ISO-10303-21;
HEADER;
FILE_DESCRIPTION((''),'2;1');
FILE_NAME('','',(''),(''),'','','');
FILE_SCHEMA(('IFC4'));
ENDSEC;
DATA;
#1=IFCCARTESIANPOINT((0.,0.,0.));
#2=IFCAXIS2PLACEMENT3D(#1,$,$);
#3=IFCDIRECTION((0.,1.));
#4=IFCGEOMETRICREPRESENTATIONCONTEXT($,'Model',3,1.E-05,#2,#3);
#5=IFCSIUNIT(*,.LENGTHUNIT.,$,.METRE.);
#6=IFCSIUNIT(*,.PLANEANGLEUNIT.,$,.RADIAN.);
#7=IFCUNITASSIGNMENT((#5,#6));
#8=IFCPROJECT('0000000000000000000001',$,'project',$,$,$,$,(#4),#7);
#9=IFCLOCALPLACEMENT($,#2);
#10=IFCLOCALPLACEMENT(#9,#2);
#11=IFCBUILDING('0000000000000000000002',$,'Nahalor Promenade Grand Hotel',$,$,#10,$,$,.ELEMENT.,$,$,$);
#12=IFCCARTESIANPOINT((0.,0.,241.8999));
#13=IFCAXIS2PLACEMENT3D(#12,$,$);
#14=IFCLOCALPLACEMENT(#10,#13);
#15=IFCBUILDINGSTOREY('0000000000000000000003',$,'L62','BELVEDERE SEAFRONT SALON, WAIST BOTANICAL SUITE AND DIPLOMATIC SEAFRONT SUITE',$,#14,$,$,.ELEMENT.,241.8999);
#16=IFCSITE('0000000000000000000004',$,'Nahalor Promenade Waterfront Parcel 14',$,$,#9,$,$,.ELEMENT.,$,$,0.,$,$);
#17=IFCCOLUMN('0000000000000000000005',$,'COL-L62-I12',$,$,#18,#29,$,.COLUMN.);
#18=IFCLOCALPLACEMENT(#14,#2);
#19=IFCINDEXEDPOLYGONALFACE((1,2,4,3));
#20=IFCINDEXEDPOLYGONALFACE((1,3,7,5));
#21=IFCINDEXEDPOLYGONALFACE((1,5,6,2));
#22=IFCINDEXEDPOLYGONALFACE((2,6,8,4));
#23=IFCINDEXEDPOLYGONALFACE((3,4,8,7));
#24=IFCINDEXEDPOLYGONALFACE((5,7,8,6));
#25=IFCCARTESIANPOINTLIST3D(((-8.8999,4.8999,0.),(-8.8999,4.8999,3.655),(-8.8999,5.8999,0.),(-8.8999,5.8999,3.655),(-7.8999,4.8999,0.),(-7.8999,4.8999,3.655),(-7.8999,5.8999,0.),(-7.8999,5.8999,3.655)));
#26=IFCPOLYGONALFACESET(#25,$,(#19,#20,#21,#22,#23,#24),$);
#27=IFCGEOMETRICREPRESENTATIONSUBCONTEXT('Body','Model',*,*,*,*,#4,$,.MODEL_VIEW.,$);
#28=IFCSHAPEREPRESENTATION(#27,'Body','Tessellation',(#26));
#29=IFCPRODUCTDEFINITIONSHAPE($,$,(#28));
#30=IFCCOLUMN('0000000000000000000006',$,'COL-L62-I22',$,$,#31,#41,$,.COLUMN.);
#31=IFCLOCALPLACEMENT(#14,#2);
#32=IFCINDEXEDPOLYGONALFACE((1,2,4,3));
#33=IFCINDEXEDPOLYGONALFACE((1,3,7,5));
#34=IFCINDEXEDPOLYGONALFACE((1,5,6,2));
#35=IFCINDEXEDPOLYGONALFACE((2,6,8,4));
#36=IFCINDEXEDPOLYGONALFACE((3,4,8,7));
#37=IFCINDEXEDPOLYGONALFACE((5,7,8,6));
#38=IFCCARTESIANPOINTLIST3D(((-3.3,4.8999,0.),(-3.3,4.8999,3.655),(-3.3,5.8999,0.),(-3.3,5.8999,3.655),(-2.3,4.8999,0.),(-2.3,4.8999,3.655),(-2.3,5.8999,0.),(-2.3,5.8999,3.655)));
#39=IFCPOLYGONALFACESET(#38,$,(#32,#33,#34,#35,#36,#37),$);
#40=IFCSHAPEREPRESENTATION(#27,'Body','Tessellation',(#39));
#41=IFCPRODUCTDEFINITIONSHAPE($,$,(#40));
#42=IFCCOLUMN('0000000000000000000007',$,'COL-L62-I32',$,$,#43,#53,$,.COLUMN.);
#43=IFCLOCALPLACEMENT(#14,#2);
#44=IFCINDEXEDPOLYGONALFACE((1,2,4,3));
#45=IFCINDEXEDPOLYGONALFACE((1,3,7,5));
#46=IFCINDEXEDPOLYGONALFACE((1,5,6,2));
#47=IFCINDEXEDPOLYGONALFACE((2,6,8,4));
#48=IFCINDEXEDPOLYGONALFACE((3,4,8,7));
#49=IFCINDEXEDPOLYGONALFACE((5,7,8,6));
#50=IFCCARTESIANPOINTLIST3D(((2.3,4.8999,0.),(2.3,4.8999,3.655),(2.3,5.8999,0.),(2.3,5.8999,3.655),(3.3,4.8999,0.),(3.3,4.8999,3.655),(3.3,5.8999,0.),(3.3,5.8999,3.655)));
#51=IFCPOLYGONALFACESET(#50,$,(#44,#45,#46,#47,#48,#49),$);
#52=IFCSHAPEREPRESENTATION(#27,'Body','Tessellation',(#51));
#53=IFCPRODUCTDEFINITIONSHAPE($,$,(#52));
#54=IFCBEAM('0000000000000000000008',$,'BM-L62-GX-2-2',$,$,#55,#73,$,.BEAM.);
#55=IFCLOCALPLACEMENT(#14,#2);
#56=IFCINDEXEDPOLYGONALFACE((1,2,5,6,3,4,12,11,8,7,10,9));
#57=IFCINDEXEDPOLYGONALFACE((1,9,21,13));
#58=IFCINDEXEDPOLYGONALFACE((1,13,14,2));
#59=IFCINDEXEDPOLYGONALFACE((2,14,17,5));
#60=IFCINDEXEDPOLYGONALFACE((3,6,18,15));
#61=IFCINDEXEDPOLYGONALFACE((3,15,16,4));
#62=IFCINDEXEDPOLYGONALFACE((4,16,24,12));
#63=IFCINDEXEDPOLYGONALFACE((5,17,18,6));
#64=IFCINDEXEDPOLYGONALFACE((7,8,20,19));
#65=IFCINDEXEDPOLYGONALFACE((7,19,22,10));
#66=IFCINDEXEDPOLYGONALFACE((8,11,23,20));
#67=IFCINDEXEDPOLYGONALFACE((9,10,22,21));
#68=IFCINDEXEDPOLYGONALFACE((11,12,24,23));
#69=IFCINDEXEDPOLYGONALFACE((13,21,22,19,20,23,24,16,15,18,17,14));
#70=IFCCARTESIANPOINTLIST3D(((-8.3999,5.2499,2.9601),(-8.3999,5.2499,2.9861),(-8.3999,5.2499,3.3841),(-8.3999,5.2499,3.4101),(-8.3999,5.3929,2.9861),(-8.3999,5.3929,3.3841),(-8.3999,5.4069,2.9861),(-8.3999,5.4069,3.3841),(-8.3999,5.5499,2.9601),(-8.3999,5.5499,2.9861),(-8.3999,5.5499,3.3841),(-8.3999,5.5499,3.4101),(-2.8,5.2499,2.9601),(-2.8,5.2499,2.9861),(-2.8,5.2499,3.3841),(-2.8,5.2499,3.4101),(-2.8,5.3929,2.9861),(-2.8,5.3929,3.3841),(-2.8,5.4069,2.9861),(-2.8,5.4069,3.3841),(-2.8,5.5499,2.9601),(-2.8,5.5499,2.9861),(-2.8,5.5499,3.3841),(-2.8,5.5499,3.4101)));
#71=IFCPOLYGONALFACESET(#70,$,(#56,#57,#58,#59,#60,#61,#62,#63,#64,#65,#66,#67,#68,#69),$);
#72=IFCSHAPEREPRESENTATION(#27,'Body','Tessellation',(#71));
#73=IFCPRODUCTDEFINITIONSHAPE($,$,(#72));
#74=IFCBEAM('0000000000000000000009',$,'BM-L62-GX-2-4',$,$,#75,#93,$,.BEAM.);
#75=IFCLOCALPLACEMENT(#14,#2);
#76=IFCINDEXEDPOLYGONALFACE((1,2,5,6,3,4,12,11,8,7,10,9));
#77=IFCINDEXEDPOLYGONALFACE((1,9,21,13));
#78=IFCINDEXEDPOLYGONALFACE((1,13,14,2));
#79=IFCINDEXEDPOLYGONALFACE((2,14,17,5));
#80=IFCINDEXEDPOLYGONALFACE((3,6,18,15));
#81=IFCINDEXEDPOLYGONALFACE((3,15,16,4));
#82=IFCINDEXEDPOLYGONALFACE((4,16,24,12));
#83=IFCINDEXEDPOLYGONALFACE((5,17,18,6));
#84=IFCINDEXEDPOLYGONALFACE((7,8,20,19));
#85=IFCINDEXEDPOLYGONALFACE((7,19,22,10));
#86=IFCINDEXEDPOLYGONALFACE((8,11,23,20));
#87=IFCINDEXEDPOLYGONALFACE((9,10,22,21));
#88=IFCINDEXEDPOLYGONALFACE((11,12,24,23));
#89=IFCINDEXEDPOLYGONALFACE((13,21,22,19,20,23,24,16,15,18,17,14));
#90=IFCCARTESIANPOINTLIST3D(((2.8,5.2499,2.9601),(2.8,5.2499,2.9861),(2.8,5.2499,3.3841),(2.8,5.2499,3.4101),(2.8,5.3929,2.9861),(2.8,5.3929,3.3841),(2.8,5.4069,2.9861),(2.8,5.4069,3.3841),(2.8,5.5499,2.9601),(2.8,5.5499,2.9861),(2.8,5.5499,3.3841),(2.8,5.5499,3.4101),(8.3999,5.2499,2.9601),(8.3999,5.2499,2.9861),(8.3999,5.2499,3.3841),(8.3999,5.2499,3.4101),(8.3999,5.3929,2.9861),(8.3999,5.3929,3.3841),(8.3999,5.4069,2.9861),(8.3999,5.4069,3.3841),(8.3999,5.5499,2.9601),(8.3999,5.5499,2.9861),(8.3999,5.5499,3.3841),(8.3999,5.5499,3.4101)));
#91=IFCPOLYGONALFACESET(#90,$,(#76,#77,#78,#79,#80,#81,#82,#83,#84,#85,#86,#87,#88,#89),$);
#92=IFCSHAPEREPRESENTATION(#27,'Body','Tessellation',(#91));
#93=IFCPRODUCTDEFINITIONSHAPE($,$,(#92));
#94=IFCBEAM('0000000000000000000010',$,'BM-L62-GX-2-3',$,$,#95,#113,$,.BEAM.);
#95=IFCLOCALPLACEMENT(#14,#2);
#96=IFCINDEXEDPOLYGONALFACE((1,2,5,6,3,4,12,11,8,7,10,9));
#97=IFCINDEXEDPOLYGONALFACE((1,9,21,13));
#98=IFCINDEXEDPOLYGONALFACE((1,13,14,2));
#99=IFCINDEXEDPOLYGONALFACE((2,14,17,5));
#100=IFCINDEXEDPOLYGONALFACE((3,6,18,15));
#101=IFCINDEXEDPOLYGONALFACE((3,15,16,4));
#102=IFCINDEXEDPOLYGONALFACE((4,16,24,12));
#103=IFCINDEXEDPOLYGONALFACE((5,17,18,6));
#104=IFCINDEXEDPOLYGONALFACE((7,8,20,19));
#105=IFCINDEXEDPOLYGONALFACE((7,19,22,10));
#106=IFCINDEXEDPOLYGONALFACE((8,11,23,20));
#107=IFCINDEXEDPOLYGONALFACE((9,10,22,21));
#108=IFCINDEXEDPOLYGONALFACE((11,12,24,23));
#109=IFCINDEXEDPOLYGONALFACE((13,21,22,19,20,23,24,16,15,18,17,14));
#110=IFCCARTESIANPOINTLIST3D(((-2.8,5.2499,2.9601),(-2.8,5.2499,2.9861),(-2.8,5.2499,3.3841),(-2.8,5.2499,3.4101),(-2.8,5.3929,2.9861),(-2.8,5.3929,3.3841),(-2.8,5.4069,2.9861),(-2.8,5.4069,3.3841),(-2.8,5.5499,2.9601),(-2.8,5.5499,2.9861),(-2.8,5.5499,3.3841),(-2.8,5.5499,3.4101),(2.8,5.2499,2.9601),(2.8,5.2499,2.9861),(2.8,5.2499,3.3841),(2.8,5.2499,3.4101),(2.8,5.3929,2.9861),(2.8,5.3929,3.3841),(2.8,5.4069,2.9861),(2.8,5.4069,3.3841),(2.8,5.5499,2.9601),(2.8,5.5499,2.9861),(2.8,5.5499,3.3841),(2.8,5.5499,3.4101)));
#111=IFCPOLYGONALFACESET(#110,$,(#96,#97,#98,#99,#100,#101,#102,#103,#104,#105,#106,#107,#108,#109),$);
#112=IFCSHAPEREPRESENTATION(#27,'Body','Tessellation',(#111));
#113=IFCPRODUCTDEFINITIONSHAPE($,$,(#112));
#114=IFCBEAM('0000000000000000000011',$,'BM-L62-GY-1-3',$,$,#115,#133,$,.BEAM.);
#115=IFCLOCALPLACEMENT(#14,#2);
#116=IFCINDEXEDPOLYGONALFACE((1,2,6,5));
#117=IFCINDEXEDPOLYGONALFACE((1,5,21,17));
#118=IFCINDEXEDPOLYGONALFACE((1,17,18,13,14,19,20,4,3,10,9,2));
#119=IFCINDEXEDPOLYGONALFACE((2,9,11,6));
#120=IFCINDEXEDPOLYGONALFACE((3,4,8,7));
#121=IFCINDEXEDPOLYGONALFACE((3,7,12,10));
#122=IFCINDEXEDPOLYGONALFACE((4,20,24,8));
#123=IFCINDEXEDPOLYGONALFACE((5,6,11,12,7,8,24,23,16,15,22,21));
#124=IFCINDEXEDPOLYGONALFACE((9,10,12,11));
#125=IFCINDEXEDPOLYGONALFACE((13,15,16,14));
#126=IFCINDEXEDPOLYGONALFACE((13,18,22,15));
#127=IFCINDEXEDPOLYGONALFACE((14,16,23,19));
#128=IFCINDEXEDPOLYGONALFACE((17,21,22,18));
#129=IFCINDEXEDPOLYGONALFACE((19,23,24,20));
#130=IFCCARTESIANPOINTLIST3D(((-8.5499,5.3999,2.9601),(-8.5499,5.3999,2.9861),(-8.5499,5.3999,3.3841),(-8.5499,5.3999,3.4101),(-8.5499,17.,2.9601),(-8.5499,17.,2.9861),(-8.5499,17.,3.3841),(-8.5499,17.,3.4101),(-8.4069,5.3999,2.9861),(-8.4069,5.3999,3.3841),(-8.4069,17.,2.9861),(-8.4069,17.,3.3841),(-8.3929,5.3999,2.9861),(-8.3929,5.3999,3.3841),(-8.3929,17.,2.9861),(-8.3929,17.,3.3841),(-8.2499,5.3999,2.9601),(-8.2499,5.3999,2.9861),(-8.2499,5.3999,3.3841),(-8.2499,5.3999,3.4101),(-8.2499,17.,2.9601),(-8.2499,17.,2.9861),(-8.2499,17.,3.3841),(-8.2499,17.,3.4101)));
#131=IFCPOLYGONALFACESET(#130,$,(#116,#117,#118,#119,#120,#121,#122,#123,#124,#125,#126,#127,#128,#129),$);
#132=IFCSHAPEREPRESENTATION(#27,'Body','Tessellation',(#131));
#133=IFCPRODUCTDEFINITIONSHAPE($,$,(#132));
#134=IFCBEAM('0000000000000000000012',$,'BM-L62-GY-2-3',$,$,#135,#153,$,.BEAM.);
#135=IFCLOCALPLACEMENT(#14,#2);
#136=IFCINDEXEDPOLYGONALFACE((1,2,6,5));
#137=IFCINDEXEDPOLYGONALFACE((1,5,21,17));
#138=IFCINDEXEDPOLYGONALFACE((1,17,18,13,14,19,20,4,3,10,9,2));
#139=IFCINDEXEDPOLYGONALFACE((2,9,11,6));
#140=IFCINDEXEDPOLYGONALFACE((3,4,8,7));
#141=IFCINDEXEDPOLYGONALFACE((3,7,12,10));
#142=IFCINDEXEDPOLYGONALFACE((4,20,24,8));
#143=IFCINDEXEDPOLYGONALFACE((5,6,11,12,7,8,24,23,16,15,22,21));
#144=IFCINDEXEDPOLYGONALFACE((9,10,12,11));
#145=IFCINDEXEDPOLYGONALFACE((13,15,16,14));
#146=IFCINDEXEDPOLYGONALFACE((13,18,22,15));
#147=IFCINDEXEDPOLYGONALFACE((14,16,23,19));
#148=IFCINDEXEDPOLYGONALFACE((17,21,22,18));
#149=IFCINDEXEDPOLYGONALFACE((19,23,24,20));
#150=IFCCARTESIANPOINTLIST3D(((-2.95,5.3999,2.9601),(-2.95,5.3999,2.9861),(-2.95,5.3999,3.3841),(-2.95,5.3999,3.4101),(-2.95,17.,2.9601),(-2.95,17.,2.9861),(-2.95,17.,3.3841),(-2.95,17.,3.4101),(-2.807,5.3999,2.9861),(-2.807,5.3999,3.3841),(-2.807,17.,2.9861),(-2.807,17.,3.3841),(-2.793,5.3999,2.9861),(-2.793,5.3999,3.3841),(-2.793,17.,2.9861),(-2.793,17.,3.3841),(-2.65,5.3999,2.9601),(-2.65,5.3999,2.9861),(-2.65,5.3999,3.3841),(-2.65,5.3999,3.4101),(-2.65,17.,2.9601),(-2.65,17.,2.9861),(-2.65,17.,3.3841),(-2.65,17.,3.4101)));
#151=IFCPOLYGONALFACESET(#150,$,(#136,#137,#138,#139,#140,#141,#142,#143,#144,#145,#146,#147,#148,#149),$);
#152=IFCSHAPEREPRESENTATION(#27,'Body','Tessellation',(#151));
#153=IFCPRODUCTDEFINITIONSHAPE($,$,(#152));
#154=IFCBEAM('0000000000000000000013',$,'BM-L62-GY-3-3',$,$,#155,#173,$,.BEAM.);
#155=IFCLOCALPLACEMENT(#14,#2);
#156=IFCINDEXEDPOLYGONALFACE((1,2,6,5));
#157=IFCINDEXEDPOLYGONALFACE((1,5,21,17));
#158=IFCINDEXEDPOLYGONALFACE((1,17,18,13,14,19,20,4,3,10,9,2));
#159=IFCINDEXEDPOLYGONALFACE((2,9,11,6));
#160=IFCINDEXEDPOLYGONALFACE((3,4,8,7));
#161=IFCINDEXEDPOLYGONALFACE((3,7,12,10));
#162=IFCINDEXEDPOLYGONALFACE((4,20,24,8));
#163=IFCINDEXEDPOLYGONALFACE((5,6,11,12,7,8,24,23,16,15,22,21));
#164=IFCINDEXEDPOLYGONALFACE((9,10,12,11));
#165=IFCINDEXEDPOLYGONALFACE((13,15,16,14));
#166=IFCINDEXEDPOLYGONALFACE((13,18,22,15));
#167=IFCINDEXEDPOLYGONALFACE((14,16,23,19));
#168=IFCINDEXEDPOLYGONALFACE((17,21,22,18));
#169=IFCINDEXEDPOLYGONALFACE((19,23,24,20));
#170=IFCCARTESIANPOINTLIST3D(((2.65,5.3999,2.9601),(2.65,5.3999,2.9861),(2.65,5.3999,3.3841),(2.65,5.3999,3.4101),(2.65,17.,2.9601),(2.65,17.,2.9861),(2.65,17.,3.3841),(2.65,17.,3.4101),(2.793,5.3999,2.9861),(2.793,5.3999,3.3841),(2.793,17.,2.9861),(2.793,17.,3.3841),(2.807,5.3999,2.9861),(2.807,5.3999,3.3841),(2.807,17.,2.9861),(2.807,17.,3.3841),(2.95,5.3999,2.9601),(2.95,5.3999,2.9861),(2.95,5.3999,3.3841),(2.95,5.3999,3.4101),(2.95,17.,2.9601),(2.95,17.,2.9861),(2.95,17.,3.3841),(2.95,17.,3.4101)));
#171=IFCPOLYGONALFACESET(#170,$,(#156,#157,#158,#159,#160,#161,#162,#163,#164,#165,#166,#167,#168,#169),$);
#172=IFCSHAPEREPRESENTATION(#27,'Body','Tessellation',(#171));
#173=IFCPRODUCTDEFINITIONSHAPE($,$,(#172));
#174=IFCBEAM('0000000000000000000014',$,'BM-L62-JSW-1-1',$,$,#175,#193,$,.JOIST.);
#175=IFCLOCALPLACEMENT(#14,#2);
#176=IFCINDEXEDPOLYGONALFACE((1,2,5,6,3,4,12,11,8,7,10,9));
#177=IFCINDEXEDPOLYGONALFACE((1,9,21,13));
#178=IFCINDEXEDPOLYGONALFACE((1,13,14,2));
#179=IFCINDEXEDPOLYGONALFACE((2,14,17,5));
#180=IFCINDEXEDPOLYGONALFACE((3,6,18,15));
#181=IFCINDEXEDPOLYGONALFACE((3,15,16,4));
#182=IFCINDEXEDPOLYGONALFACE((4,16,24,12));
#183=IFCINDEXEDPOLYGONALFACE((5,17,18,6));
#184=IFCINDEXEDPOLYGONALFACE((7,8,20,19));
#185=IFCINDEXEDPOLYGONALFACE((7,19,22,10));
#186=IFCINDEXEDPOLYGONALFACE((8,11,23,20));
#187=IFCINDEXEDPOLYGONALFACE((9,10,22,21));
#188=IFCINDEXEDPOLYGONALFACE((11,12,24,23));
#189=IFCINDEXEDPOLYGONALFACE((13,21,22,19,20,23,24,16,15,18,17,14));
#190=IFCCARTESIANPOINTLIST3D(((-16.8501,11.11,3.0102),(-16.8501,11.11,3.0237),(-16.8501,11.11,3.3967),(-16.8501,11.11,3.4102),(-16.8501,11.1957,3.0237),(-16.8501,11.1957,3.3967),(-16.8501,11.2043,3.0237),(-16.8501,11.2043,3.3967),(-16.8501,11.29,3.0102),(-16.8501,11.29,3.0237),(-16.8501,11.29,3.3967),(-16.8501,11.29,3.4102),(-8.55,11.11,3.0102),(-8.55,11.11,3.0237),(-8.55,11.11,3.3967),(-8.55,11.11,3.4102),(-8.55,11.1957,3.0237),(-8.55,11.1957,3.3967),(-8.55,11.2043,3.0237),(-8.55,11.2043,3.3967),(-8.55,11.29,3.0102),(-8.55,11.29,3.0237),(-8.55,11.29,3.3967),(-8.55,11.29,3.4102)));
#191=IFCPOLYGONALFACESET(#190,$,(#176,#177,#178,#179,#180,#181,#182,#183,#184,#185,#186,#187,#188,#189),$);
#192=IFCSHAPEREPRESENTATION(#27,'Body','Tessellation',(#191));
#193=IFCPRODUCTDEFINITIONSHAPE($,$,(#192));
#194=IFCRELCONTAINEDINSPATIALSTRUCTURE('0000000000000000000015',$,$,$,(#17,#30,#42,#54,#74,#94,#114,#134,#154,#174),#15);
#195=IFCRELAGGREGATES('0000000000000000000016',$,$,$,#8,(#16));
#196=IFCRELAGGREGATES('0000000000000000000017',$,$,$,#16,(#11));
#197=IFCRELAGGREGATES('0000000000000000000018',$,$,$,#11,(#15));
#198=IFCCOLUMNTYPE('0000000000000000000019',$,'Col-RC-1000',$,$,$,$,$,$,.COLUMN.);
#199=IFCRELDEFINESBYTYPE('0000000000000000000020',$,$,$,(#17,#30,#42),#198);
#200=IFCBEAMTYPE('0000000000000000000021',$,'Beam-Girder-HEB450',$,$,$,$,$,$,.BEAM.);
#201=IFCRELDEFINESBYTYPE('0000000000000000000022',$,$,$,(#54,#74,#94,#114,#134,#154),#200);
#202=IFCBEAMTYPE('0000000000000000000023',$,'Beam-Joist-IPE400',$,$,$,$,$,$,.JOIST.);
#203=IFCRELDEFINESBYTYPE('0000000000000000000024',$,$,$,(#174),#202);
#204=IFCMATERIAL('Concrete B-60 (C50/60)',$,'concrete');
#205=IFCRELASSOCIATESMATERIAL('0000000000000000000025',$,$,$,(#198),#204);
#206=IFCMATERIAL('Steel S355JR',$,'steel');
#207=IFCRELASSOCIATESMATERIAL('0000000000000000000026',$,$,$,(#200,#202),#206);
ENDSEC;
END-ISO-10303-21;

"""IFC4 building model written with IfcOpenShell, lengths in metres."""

from ifc_helpers import new_model, si_unit, direction, frame, origin, origin_2d, place, context, subcontext, project, spatial, rectangle, i_section, extrude, source, transform, mapped, material, material_profile, profile_set, type_object, element, save


model = new_model("IFC4")

# Units and contexts
model_context = context("Model", 3, precision=1e-05, world=origin(), true_north=direction((0.0, 1.0)))
body_context = subcontext(model_context, "Body", "Model", "MODEL_VIEW")
ifc_project = project(units=[si_unit("LENGTHUNIT", "METRE"), si_unit("PLANEANGLEUNIT", "RADIAN")], contexts=[model_context])

# Site, building, storey
site_placement = place(None, origin())
site = spatial("IfcSite", under=ifc_project, at=site_placement, Name="Nahalor Promenade Waterfront Parcel 14", CompositionType="ELEMENT", RefElevation=0.0)
building_placement = place(site_placement, origin())
building = spatial("IfcBuilding", under=site, at=building_placement, Name="Nahalor Promenade Grand Hotel", CompositionType="ELEMENT")
storey_placement = place(building_placement, frame((0.0, 0.0, 241.8999)))
storey = spatial("IfcBuildingStorey", under=building, at=storey_placement, Name="L62", Description="BELVEDERE SEAFRONT SALON, WAIST BOTANICAL SUITE AND DIPLOMATIC SEAFRONT SUITE", CompositionType="ELEMENT", Elevation=241.8999)

# Columns
ifc_material_1 = material(Name="Concrete B-60 (C50/60)", Category="concrete")
ifc_material_profile_1 = material_profile(ifc_material_1, rectangle(XDim=1.0, YDim=1.0, at=origin_2d()), Name="RC 1000x1000")
ifc_profile_set_1 = profile_set([ifc_material_profile_1], Name="Concrete B-60 (C50/60)")
column_type = type_object("IfcColumnType", Name="Col-RC-1000", PredefinedType="COLUMN", material=ifc_profile_set_1)
shared_shape_1 = source(origin(), body_context, "Body", "SweptSolid", [
    extrude(rectangle(XDim=1.0, YDim=1.0, at=origin_2d()), origin(), (0.0, 0.0, 1.0), 3.655),
])
for number, where, z_axis, x_axis, name in (
    (1, (-8.3999, 5.3999, 0.0), (0.0, 0.0, 1.0), (1.0, 0.0, 0.0), "COL-L62-I12"),
    (2, (-2.8, 5.3999, 0.0), (0.0, 0.0, 1.0), (1.0, 0.0, 0.0), "COL-L62-I22"),
    (3, (2.8, 5.3999, 0.0), (0.0, 0.0, 1.0), (1.0, 0.0, 0.0), "COL-L62-I32"),
):
    element("IfcColumn", number, at=place(storey_placement, frame(where, z_axis=z_axis, x_axis=x_axis)), inside=storey, type_object=column_type, Name=name, PredefinedType="COLUMN", context=body_context, shape_type="MappedRepresentation", body=[
        mapped(shared_shape_1, transform((0.0, 0.0, 0.0), scale=1.0)),
    ])

# Beams
ifc_material_2 = material(Name="Steel S355JR", Category="steel")
ifc_material_profile_2 = material_profile(ifc_material_2, i_section(OverallWidth=0.3, OverallDepth=0.45, WebThickness=0.014, FlangeThickness=0.026, at=origin_2d()), Name="HEB 450")
ifc_profile_set_2 = profile_set([ifc_material_profile_2], Name="Steel S355JR")
beam_type_1 = type_object("IfcBeamType", Name="Beam-Girder-HEB450", PredefinedType="BEAM", material=ifc_profile_set_2)
shared_shape_2 = source(origin(), body_context, "Body", "SweptSolid", [
    extrude(i_section(OverallWidth=0.3, OverallDepth=0.45, WebThickness=0.014, FlangeThickness=0.026, at=origin_2d()), origin(), (0.0, 0.0, 1.0), 5.5999),
])
for number, where, z_axis, x_axis, name in (
    (4, (-8.3999, 5.3999, 3.1851), (1.0, 0.0, 0.0), (0.0, 1.0, 0.0), "BM-L62-GX-2-2"),
    (5, (2.8, 5.3999, 3.1851), (1.0, 0.0, 0.0), (0.0, 1.0, 0.0), "BM-L62-GX-2-4"),
):
    element("IfcBeam", number, at=place(storey_placement, frame(where, z_axis=z_axis, x_axis=x_axis)), inside=storey, type_object=beam_type_1, Name=name, PredefinedType="BEAM", context=body_context, shape_type="MappedRepresentation", body=[
        mapped(shared_shape_2, transform((0.0, 0.0, 0.0), scale=1.0)),
    ])
shared_shape_3 = source(origin(), body_context, "Body", "SweptSolid", [
    extrude(i_section(OverallWidth=0.3, OverallDepth=0.45, WebThickness=0.014, FlangeThickness=0.026, at=origin_2d()), origin(), (0.0, 0.0, 1.0), 5.6001),
])
beam_placement = place(storey_placement, frame((-2.8, 5.3999, 3.1851), z_axis=(1.0, 0.0, 0.0), x_axis=(0.0, 1.0, 0.0)))
element("IfcBeam", 6, at=beam_placement, inside=storey, type_object=beam_type_1, Name="BM-L62-GX-2-3", PredefinedType="BEAM", context=body_context, shape_type="MappedRepresentation", body=[
    mapped(shared_shape_3, transform((0.0, 0.0, 0.0), scale=1.0)),
])
shared_shape_4 = source(origin(), body_context, "Body", "SweptSolid", [
    extrude(i_section(OverallWidth=0.3, OverallDepth=0.45, WebThickness=0.014, FlangeThickness=0.026, at=origin_2d()), origin(), (0.0, 0.0, 1.0), 11.6001),
])
for number, where, z_axis, x_axis, name in (
    (7, (-8.3999, 5.3999, 3.1851), (0.0, 1.0, 0.0), (-1.0, 0.0, 0.0), "BM-L62-GY-1-3"),
    (8, (-2.8, 5.3999, 3.1851), (0.0, 1.0, 0.0), (-1.0, 0.0, 0.0), "BM-L62-GY-2-3"),
    (9, (2.8, 5.3999, 3.1851), (0.0, 1.0, 0.0), (-1.0, 0.0, 0.0), "BM-L62-GY-3-3"),
):
    element("IfcBeam", number, at=place(storey_placement, frame(where, z_axis=z_axis, x_axis=x_axis)), inside=storey, type_object=beam_type_1, Name=name, PredefinedType="BEAM", context=body_context, shape_type="MappedRepresentation", body=[
        mapped(shared_shape_4, transform((0.0, 0.0, 0.0), scale=1.0)),
    ])
ifc_material_profile_3 = material_profile(ifc_material_2, i_section(OverallWidth=0.18, OverallDepth=0.4, WebThickness=0.0086, FlangeThickness=0.0135, at=origin_2d()), Name="IPE 400")
ifc_profile_set_3 = profile_set([ifc_material_profile_3], Name="Steel S355JR")
beam_type_2 = type_object("IfcBeamType", Name="Beam-Joist-IPE400", PredefinedType="JOIST", material=ifc_profile_set_3)
shared_shape_5 = source(origin(), body_context, "Body", "SweptSolid", [
    extrude(i_section(OverallWidth=0.18, OverallDepth=0.4, WebThickness=0.0086, FlangeThickness=0.0135, at=origin_2d()), origin(), (0.0, 0.0, 1.0), 8.3),
])
for number, where, z_axis, x_axis, name in (
    (10, (-16.8501, 11.2, 3.2102), (1.0, 0.0, 0.0), (0.0, 1.0, 0.0), "BM-L62-JSW-1-1"),
):
    element("IfcBeam", number, at=place(storey_placement, frame(where, z_axis=z_axis, x_axis=x_axis)), inside=storey, type_object=beam_type_2, Name=name, PredefinedType="JOIST", context=body_context, shape_type="MappedRepresentation", body=[
        mapped(shared_shape_5, transform((0.0, 0.0, 0.0), scale=1.0)),
    ])

save(model, "model.ifc")
